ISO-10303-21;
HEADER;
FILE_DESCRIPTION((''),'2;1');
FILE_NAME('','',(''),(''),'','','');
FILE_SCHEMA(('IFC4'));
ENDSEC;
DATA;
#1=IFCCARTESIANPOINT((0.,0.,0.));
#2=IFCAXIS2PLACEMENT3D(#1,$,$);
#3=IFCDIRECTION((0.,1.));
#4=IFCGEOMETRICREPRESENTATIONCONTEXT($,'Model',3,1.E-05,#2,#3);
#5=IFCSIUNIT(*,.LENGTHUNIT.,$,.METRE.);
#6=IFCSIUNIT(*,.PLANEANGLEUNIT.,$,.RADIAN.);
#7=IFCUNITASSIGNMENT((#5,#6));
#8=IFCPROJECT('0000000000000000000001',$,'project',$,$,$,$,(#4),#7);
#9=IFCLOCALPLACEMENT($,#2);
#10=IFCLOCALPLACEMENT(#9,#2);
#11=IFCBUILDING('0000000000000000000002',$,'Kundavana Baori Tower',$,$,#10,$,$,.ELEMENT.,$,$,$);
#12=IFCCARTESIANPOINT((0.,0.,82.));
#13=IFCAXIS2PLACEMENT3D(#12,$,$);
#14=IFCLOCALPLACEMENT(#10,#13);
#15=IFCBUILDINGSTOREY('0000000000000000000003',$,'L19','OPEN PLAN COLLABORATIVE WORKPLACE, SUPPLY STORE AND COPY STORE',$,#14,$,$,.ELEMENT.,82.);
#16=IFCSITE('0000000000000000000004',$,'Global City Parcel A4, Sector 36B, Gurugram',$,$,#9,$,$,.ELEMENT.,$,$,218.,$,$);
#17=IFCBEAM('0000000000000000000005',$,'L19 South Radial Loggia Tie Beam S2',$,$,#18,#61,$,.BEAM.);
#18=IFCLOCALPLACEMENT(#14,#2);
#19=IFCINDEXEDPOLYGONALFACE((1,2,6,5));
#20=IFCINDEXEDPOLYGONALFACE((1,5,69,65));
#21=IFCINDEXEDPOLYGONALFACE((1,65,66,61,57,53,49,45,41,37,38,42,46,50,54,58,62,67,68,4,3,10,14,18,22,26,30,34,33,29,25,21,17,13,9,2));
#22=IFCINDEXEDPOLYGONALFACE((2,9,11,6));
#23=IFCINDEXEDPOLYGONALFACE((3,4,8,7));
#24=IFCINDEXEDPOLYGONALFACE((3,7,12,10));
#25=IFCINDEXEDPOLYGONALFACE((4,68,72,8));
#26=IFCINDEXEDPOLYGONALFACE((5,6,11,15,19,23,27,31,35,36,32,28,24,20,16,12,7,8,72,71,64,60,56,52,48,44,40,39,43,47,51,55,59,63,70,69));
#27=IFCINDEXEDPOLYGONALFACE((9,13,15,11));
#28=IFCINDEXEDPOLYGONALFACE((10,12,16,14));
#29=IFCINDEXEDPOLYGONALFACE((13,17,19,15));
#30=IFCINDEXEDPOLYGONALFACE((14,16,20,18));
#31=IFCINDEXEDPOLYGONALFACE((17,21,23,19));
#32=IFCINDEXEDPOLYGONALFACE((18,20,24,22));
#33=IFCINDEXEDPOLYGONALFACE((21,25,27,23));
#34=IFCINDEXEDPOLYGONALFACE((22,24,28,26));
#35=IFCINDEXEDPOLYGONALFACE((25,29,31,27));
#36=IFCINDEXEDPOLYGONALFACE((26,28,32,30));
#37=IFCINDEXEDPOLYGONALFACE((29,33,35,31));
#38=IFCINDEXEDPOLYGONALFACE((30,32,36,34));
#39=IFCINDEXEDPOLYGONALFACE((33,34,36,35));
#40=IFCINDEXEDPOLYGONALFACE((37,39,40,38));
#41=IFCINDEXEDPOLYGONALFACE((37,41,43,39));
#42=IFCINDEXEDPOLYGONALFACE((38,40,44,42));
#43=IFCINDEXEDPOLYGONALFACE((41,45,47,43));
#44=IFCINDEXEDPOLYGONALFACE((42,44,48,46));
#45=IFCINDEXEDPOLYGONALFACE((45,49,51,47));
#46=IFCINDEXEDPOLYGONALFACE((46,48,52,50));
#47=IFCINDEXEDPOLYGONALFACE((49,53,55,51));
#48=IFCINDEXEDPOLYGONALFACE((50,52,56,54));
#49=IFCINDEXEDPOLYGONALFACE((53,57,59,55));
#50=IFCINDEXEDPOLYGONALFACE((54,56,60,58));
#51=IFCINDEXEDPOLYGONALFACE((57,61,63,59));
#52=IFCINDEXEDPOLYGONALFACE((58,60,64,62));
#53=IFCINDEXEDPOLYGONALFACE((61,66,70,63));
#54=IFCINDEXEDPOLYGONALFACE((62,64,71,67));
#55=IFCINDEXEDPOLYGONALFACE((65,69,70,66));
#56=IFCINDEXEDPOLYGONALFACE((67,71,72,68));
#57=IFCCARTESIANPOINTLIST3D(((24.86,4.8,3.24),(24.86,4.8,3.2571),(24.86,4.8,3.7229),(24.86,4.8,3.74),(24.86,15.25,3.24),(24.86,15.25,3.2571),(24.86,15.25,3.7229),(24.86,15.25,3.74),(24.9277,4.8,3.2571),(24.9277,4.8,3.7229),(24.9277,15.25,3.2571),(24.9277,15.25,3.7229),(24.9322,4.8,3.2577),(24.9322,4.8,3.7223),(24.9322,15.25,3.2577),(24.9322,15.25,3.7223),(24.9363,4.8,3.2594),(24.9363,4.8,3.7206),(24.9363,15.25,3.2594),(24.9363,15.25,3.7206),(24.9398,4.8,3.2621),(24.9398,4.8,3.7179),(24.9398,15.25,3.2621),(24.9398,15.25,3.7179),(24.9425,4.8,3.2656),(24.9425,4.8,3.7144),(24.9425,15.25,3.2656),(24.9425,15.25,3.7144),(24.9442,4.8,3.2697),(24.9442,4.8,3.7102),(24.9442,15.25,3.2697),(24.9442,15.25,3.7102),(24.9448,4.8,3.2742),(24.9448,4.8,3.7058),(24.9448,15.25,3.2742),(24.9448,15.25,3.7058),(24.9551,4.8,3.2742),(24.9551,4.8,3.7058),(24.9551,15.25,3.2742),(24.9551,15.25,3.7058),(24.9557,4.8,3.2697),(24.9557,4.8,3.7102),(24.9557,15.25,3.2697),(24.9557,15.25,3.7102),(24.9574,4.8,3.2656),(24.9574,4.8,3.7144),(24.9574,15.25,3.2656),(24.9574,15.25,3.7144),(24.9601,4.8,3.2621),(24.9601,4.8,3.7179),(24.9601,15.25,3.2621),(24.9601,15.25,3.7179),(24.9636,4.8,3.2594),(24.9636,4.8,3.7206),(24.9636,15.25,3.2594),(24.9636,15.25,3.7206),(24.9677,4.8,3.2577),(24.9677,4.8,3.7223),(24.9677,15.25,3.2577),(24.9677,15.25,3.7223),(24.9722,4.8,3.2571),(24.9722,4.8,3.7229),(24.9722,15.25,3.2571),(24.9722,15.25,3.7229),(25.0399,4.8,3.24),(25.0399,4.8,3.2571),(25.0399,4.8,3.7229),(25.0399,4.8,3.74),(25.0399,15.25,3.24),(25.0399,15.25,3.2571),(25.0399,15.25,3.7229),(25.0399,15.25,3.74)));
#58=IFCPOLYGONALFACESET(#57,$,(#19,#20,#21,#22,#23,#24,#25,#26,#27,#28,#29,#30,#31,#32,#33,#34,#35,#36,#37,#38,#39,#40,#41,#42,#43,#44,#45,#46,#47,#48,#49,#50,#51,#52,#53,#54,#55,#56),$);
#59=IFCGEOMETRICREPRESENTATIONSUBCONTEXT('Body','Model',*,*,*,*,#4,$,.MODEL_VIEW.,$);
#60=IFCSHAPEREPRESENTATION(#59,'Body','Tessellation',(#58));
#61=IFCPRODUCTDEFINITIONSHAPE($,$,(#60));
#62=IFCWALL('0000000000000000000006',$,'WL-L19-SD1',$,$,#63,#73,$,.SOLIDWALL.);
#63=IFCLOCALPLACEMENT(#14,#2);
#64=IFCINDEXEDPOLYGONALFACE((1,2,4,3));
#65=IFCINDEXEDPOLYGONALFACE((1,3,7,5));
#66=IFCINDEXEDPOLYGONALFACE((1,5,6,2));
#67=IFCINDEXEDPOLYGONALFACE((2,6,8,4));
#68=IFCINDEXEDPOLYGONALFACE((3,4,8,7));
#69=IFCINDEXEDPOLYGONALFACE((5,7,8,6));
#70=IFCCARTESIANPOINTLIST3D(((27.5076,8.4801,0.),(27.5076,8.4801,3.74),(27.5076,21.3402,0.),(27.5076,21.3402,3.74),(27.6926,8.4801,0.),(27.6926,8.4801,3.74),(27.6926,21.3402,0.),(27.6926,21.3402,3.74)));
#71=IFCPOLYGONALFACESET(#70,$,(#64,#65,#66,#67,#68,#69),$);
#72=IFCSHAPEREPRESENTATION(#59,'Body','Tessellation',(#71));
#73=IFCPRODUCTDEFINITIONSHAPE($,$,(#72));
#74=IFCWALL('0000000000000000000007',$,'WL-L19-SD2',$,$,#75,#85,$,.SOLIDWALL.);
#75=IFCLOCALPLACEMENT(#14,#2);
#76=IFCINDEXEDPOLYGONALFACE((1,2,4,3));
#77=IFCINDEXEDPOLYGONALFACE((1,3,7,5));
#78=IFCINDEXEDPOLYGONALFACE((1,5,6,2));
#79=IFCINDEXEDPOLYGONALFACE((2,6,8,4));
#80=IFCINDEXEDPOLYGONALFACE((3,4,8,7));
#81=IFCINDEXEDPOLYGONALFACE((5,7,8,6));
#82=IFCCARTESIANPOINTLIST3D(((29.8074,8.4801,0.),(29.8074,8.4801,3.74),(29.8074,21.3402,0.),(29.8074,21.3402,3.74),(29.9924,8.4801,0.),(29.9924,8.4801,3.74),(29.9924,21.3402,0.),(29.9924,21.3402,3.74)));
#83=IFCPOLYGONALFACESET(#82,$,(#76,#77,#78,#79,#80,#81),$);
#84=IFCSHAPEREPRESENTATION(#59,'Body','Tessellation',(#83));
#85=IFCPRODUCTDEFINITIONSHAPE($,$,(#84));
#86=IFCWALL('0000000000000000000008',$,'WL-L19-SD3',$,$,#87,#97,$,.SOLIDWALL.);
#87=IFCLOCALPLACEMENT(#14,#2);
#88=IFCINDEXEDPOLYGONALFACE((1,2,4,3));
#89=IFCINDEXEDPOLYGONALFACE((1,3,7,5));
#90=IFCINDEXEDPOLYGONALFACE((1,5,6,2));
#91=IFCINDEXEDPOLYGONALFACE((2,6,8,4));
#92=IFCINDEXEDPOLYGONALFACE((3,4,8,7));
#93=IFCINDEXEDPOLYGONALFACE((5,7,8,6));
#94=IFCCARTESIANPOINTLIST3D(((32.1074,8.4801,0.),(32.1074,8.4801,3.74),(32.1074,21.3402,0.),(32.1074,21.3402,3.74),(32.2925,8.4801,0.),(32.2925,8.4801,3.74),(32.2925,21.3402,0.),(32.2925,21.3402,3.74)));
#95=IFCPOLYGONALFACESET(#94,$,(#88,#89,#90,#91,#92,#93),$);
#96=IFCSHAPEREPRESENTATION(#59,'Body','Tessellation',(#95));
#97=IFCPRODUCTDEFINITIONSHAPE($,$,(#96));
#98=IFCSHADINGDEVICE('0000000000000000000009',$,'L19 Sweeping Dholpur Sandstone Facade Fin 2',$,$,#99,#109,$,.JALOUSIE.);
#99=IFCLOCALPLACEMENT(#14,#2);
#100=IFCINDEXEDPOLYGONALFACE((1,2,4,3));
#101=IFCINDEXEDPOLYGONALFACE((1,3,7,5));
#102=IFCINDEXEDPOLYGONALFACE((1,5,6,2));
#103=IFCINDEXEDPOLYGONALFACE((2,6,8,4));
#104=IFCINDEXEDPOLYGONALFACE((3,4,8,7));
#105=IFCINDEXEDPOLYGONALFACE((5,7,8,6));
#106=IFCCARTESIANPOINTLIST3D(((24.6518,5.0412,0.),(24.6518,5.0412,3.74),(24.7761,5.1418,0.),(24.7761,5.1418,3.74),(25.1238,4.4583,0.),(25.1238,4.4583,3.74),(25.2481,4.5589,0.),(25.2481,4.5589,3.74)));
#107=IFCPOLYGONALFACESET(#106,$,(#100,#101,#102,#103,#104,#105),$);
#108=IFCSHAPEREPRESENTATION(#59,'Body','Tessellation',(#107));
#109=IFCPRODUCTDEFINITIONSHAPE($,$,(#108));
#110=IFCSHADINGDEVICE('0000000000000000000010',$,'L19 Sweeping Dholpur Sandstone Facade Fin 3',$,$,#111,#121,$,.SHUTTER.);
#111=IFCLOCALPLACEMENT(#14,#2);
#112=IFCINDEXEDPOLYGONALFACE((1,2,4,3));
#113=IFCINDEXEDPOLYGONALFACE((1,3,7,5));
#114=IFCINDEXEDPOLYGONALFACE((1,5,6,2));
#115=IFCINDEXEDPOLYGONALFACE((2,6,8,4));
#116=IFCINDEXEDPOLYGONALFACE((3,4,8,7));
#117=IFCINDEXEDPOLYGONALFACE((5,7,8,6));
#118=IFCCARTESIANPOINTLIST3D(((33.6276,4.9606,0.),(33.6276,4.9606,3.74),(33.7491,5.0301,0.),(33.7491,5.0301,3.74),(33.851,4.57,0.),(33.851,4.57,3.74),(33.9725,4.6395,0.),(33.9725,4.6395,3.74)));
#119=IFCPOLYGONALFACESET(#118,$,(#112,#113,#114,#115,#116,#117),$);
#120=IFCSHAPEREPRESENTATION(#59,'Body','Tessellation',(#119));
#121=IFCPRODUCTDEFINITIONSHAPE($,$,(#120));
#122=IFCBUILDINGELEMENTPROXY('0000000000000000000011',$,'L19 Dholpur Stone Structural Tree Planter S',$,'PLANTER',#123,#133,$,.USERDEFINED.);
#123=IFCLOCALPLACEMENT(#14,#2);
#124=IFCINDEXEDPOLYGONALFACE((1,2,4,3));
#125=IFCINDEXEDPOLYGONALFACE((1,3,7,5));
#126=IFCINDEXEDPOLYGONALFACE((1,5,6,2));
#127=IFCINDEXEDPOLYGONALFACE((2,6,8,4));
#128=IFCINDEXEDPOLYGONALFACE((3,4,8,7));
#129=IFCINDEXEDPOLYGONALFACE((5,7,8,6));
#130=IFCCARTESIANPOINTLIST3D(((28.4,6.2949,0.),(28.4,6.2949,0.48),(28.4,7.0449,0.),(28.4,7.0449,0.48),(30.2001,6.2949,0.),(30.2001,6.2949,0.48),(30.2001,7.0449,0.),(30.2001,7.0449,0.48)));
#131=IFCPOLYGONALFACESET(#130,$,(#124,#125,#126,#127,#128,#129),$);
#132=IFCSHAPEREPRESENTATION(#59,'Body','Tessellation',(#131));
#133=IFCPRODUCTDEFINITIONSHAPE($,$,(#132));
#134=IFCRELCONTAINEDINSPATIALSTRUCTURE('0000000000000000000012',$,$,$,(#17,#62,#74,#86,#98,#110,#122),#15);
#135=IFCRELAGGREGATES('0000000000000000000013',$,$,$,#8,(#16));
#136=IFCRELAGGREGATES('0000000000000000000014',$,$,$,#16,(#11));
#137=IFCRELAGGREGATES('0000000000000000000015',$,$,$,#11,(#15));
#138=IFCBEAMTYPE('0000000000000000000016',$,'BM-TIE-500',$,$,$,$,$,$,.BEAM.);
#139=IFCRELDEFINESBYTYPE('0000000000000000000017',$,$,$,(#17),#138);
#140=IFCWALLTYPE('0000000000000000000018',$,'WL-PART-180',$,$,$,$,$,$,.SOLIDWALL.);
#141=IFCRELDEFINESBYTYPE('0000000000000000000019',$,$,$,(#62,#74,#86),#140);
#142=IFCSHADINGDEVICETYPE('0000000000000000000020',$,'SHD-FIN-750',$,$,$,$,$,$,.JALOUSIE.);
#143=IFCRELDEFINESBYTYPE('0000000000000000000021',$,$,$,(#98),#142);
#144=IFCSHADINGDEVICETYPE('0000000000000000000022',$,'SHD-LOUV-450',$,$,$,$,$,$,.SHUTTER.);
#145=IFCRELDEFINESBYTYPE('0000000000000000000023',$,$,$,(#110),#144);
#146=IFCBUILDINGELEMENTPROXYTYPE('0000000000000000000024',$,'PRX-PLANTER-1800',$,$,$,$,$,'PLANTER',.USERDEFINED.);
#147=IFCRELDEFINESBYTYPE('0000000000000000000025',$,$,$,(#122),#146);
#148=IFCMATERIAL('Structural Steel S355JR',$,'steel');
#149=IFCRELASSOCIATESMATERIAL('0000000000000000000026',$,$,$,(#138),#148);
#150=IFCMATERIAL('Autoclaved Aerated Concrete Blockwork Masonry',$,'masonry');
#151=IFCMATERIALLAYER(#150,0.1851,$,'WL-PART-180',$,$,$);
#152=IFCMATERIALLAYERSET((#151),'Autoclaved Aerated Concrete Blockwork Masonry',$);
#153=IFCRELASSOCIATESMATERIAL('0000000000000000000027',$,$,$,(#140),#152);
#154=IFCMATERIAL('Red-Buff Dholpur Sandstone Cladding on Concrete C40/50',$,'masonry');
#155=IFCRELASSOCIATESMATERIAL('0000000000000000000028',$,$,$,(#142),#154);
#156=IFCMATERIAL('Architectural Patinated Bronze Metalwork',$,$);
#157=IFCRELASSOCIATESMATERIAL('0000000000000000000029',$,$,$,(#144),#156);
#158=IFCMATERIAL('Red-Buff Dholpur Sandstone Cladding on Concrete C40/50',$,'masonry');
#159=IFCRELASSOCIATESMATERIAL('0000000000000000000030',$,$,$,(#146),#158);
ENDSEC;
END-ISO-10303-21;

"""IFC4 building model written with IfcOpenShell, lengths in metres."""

from ifc_helpers import new_model, si_unit, direction, frame, frame_2d, origin, origin_2d, place, context, subcontext, project, spatial, rectangle, i_section, extrude, material, layer, layer_set, material_profile, profile_set, type_object, element, save


model = new_model("IFC4")

# Units and contexts
model_context = context("Model", 3, precision=1e-05, world=origin(), true_north=direction((0.0, 1.0)))
body_context = subcontext(model_context, "Body", "Model", "MODEL_VIEW")
ifc_project = project(units=[si_unit("LENGTHUNIT", "METRE"), si_unit("PLANEANGLEUNIT", "RADIAN")], contexts=[model_context])

# Site, building, storey
site_placement = place(None, origin())
site = spatial("IfcSite", under=ifc_project, at=site_placement, Name="Global City Parcel A4, Sector 36B, Gurugram", CompositionType="ELEMENT", RefElevation=218.0)
building_placement = place(site_placement, origin())
building = spatial("IfcBuilding", under=site, at=building_placement, Name="Kundavana Baori Tower", CompositionType="ELEMENT")
storey_placement = place(building_placement, frame((0.0, 0.0, 82.0)))
storey = spatial("IfcBuildingStorey", under=building, at=storey_placement, Name="L19", Description="OPEN PLAN COLLABORATIVE WORKPLACE, SUPPLY STORE AND COPY STORE", CompositionType="ELEMENT", Elevation=82.0)

# Beam
ifc_material_1 = material(Name="Structural Steel S355JR", Category="steel")
ifc_material_profile_1 = material_profile(ifc_material_1, i_section(OverallWidth=0.1799, OverallDepth=0.5, WebThickness=0.0103, FlangeThickness=0.0171, FilletRadius=0.0171, at=origin_2d()), Name="ISMB 500")
ifc_profile_set_1 = profile_set([ifc_material_profile_1], Name="Structural Steel S355JR")
beam_type_1 = type_object("IfcBeamType", Name="BM-TIE-500", PredefinedType="BEAM", material=ifc_profile_set_1)
beam_1_placement = place(storey_placement, frame((24.95, 15.25, 3.49), z_axis=(0.0, -1.0, 0.0), x_axis=(1.0, 0.0, 0.0)))
element("IfcBeam", 1, at=beam_1_placement, inside=storey, type_object=beam_type_1, Name="L19 South Radial Loggia Tie Beam S2", PredefinedType="BEAM", context=body_context, shape_type="SweptSolid", body=[
    extrude(i_section(OverallWidth=0.1799, OverallDepth=0.5, WebThickness=0.0103, FlangeThickness=0.0171, FilletRadius=0.0171, at=origin_2d()), origin(), (0.0, 0.0, 1.0), 10.45),
])

# Walls
ifc_material_2 = material(Name="Autoclaved Aerated Concrete Blockwork Masonry", Category="masonry")
ifc_layer = layer(ifc_material_2, 0.1851, Name="WL-PART-180")
ifc_layer_set = layer_set([ifc_layer], Name="Autoclaved Aerated Concrete Blockwork Masonry")
wall_type = type_object("IfcWallType", Name="WL-PART-180", PredefinedType="SOLIDWALL", material=ifc_layer_set)
for number, where, z_axis, x_axis, name in (
    (2, (27.6001, 8.48, 0.0), (0.0, 0.0, 1.0), (0.0, 1.0, 0.0), "WL-L19-SD1"),
    (3, (29.8999, 8.48, 0.0), (0.0, 0.0, 1.0), (0.0, 1.0, 0.0), "WL-L19-SD2"),
    (4, (32.2, 8.48, 0.0), (0.0, 0.0, 1.0), (0.0, 1.0, 0.0), "WL-L19-SD3"),
):
    element("IfcWall", number, at=place(storey_placement, frame(where, z_axis=z_axis, x_axis=x_axis)), inside=storey, type_object=wall_type, Name=name, PredefinedType="SOLIDWALL", context=body_context, shape_type="SweptSolid", body=[
        extrude(rectangle(XDim=12.8601, YDim=0.1851, at=frame_2d((6.4302, 0.0))), origin(), (0.0, 0.0, 1.0), 3.74),
    ])

# Shading devices
ifc_material_3 = material(Name="Red-Buff Dholpur Sandstone Cladding on Concrete C40/50", Category="masonry")
shading_device_type_1 = type_object("IfcShadingDeviceType", Name="SHD-FIN-750", PredefinedType="JALOUSIE", material=ifc_material_3)
shading_device_1_placement = place(storey_placement, frame((24.95, 4.8, 0.0), z_axis=(0.0, 0.0, 1.0), x_axis=(0.777146, 0.62932, 0.0)))
element("IfcShadingDevice", 5, at=shading_device_1_placement, inside=storey, type_object=shading_device_type_1, Name="L19 Sweeping Dholpur Sandstone Facade Fin 2", PredefinedType="JALOUSIE", context=body_context, shape_type="SweptSolid", body=[
    extrude(rectangle(XDim=0.1599, YDim=0.75, at=origin_2d()), origin(), (0.0, 0.0, 1.0), 3.74),
])
ifc_material_4 = material(Name="Architectural Patinated Bronze Metalwork")
shading_device_type_2 = type_object("IfcShadingDeviceType", Name="SHD-LOUV-450", PredefinedType="SHUTTER", material=ifc_material_4)
shading_device_2_placement = place(storey_placement, frame((33.8, 4.8, 0.0), z_axis=(0.0, 0.0, 1.0), x_axis=(0.868026, 0.49652, 0.0)))
element("IfcShadingDevice", 6, at=shading_device_2_placement, inside=storey, type_object=shading_device_type_2, Name="L19 Sweeping Dholpur Sandstone Facade Fin 3", PredefinedType="SHUTTER", context=body_context, shape_type="SweptSolid", body=[
    extrude(rectangle(XDim=0.1399, YDim=0.45, at=origin_2d()), origin(), (0.0, 0.0, 1.0), 3.74),
])

# Building element proxy
ifc_material_5 = material(Name="Red-Buff Dholpur Sandstone Cladding on Concrete C40/50", Category="masonry")
building_element_proxy_type = type_object("IfcBuildingElementProxyType", Name="PRX-PLANTER-1800", ElementType="PLANTER", PredefinedType="USERDEFINED", material=ifc_material_5)
proxy_placement = place(storey_placement, frame((29.3, 6.6699, 0.0), z_axis=(0.0, 0.0, 1.0), x_axis=(1.0, 0.0, 0.0)))
element("IfcBuildingElementProxy", 7, at=proxy_placement, inside=storey, type_object=building_element_proxy_type, Name="L19 Dholpur Stone Structural Tree Planter S", ObjectType="PLANTER", PredefinedType="USERDEFINED", context=body_context, shape_type="SweptSolid", body=[
    extrude(rectangle(XDim=1.8, YDim=0.75, at=origin_2d()), origin(), (0.0, 0.0, 1.0), 0.48),
])

save(model, "model.ifc")
